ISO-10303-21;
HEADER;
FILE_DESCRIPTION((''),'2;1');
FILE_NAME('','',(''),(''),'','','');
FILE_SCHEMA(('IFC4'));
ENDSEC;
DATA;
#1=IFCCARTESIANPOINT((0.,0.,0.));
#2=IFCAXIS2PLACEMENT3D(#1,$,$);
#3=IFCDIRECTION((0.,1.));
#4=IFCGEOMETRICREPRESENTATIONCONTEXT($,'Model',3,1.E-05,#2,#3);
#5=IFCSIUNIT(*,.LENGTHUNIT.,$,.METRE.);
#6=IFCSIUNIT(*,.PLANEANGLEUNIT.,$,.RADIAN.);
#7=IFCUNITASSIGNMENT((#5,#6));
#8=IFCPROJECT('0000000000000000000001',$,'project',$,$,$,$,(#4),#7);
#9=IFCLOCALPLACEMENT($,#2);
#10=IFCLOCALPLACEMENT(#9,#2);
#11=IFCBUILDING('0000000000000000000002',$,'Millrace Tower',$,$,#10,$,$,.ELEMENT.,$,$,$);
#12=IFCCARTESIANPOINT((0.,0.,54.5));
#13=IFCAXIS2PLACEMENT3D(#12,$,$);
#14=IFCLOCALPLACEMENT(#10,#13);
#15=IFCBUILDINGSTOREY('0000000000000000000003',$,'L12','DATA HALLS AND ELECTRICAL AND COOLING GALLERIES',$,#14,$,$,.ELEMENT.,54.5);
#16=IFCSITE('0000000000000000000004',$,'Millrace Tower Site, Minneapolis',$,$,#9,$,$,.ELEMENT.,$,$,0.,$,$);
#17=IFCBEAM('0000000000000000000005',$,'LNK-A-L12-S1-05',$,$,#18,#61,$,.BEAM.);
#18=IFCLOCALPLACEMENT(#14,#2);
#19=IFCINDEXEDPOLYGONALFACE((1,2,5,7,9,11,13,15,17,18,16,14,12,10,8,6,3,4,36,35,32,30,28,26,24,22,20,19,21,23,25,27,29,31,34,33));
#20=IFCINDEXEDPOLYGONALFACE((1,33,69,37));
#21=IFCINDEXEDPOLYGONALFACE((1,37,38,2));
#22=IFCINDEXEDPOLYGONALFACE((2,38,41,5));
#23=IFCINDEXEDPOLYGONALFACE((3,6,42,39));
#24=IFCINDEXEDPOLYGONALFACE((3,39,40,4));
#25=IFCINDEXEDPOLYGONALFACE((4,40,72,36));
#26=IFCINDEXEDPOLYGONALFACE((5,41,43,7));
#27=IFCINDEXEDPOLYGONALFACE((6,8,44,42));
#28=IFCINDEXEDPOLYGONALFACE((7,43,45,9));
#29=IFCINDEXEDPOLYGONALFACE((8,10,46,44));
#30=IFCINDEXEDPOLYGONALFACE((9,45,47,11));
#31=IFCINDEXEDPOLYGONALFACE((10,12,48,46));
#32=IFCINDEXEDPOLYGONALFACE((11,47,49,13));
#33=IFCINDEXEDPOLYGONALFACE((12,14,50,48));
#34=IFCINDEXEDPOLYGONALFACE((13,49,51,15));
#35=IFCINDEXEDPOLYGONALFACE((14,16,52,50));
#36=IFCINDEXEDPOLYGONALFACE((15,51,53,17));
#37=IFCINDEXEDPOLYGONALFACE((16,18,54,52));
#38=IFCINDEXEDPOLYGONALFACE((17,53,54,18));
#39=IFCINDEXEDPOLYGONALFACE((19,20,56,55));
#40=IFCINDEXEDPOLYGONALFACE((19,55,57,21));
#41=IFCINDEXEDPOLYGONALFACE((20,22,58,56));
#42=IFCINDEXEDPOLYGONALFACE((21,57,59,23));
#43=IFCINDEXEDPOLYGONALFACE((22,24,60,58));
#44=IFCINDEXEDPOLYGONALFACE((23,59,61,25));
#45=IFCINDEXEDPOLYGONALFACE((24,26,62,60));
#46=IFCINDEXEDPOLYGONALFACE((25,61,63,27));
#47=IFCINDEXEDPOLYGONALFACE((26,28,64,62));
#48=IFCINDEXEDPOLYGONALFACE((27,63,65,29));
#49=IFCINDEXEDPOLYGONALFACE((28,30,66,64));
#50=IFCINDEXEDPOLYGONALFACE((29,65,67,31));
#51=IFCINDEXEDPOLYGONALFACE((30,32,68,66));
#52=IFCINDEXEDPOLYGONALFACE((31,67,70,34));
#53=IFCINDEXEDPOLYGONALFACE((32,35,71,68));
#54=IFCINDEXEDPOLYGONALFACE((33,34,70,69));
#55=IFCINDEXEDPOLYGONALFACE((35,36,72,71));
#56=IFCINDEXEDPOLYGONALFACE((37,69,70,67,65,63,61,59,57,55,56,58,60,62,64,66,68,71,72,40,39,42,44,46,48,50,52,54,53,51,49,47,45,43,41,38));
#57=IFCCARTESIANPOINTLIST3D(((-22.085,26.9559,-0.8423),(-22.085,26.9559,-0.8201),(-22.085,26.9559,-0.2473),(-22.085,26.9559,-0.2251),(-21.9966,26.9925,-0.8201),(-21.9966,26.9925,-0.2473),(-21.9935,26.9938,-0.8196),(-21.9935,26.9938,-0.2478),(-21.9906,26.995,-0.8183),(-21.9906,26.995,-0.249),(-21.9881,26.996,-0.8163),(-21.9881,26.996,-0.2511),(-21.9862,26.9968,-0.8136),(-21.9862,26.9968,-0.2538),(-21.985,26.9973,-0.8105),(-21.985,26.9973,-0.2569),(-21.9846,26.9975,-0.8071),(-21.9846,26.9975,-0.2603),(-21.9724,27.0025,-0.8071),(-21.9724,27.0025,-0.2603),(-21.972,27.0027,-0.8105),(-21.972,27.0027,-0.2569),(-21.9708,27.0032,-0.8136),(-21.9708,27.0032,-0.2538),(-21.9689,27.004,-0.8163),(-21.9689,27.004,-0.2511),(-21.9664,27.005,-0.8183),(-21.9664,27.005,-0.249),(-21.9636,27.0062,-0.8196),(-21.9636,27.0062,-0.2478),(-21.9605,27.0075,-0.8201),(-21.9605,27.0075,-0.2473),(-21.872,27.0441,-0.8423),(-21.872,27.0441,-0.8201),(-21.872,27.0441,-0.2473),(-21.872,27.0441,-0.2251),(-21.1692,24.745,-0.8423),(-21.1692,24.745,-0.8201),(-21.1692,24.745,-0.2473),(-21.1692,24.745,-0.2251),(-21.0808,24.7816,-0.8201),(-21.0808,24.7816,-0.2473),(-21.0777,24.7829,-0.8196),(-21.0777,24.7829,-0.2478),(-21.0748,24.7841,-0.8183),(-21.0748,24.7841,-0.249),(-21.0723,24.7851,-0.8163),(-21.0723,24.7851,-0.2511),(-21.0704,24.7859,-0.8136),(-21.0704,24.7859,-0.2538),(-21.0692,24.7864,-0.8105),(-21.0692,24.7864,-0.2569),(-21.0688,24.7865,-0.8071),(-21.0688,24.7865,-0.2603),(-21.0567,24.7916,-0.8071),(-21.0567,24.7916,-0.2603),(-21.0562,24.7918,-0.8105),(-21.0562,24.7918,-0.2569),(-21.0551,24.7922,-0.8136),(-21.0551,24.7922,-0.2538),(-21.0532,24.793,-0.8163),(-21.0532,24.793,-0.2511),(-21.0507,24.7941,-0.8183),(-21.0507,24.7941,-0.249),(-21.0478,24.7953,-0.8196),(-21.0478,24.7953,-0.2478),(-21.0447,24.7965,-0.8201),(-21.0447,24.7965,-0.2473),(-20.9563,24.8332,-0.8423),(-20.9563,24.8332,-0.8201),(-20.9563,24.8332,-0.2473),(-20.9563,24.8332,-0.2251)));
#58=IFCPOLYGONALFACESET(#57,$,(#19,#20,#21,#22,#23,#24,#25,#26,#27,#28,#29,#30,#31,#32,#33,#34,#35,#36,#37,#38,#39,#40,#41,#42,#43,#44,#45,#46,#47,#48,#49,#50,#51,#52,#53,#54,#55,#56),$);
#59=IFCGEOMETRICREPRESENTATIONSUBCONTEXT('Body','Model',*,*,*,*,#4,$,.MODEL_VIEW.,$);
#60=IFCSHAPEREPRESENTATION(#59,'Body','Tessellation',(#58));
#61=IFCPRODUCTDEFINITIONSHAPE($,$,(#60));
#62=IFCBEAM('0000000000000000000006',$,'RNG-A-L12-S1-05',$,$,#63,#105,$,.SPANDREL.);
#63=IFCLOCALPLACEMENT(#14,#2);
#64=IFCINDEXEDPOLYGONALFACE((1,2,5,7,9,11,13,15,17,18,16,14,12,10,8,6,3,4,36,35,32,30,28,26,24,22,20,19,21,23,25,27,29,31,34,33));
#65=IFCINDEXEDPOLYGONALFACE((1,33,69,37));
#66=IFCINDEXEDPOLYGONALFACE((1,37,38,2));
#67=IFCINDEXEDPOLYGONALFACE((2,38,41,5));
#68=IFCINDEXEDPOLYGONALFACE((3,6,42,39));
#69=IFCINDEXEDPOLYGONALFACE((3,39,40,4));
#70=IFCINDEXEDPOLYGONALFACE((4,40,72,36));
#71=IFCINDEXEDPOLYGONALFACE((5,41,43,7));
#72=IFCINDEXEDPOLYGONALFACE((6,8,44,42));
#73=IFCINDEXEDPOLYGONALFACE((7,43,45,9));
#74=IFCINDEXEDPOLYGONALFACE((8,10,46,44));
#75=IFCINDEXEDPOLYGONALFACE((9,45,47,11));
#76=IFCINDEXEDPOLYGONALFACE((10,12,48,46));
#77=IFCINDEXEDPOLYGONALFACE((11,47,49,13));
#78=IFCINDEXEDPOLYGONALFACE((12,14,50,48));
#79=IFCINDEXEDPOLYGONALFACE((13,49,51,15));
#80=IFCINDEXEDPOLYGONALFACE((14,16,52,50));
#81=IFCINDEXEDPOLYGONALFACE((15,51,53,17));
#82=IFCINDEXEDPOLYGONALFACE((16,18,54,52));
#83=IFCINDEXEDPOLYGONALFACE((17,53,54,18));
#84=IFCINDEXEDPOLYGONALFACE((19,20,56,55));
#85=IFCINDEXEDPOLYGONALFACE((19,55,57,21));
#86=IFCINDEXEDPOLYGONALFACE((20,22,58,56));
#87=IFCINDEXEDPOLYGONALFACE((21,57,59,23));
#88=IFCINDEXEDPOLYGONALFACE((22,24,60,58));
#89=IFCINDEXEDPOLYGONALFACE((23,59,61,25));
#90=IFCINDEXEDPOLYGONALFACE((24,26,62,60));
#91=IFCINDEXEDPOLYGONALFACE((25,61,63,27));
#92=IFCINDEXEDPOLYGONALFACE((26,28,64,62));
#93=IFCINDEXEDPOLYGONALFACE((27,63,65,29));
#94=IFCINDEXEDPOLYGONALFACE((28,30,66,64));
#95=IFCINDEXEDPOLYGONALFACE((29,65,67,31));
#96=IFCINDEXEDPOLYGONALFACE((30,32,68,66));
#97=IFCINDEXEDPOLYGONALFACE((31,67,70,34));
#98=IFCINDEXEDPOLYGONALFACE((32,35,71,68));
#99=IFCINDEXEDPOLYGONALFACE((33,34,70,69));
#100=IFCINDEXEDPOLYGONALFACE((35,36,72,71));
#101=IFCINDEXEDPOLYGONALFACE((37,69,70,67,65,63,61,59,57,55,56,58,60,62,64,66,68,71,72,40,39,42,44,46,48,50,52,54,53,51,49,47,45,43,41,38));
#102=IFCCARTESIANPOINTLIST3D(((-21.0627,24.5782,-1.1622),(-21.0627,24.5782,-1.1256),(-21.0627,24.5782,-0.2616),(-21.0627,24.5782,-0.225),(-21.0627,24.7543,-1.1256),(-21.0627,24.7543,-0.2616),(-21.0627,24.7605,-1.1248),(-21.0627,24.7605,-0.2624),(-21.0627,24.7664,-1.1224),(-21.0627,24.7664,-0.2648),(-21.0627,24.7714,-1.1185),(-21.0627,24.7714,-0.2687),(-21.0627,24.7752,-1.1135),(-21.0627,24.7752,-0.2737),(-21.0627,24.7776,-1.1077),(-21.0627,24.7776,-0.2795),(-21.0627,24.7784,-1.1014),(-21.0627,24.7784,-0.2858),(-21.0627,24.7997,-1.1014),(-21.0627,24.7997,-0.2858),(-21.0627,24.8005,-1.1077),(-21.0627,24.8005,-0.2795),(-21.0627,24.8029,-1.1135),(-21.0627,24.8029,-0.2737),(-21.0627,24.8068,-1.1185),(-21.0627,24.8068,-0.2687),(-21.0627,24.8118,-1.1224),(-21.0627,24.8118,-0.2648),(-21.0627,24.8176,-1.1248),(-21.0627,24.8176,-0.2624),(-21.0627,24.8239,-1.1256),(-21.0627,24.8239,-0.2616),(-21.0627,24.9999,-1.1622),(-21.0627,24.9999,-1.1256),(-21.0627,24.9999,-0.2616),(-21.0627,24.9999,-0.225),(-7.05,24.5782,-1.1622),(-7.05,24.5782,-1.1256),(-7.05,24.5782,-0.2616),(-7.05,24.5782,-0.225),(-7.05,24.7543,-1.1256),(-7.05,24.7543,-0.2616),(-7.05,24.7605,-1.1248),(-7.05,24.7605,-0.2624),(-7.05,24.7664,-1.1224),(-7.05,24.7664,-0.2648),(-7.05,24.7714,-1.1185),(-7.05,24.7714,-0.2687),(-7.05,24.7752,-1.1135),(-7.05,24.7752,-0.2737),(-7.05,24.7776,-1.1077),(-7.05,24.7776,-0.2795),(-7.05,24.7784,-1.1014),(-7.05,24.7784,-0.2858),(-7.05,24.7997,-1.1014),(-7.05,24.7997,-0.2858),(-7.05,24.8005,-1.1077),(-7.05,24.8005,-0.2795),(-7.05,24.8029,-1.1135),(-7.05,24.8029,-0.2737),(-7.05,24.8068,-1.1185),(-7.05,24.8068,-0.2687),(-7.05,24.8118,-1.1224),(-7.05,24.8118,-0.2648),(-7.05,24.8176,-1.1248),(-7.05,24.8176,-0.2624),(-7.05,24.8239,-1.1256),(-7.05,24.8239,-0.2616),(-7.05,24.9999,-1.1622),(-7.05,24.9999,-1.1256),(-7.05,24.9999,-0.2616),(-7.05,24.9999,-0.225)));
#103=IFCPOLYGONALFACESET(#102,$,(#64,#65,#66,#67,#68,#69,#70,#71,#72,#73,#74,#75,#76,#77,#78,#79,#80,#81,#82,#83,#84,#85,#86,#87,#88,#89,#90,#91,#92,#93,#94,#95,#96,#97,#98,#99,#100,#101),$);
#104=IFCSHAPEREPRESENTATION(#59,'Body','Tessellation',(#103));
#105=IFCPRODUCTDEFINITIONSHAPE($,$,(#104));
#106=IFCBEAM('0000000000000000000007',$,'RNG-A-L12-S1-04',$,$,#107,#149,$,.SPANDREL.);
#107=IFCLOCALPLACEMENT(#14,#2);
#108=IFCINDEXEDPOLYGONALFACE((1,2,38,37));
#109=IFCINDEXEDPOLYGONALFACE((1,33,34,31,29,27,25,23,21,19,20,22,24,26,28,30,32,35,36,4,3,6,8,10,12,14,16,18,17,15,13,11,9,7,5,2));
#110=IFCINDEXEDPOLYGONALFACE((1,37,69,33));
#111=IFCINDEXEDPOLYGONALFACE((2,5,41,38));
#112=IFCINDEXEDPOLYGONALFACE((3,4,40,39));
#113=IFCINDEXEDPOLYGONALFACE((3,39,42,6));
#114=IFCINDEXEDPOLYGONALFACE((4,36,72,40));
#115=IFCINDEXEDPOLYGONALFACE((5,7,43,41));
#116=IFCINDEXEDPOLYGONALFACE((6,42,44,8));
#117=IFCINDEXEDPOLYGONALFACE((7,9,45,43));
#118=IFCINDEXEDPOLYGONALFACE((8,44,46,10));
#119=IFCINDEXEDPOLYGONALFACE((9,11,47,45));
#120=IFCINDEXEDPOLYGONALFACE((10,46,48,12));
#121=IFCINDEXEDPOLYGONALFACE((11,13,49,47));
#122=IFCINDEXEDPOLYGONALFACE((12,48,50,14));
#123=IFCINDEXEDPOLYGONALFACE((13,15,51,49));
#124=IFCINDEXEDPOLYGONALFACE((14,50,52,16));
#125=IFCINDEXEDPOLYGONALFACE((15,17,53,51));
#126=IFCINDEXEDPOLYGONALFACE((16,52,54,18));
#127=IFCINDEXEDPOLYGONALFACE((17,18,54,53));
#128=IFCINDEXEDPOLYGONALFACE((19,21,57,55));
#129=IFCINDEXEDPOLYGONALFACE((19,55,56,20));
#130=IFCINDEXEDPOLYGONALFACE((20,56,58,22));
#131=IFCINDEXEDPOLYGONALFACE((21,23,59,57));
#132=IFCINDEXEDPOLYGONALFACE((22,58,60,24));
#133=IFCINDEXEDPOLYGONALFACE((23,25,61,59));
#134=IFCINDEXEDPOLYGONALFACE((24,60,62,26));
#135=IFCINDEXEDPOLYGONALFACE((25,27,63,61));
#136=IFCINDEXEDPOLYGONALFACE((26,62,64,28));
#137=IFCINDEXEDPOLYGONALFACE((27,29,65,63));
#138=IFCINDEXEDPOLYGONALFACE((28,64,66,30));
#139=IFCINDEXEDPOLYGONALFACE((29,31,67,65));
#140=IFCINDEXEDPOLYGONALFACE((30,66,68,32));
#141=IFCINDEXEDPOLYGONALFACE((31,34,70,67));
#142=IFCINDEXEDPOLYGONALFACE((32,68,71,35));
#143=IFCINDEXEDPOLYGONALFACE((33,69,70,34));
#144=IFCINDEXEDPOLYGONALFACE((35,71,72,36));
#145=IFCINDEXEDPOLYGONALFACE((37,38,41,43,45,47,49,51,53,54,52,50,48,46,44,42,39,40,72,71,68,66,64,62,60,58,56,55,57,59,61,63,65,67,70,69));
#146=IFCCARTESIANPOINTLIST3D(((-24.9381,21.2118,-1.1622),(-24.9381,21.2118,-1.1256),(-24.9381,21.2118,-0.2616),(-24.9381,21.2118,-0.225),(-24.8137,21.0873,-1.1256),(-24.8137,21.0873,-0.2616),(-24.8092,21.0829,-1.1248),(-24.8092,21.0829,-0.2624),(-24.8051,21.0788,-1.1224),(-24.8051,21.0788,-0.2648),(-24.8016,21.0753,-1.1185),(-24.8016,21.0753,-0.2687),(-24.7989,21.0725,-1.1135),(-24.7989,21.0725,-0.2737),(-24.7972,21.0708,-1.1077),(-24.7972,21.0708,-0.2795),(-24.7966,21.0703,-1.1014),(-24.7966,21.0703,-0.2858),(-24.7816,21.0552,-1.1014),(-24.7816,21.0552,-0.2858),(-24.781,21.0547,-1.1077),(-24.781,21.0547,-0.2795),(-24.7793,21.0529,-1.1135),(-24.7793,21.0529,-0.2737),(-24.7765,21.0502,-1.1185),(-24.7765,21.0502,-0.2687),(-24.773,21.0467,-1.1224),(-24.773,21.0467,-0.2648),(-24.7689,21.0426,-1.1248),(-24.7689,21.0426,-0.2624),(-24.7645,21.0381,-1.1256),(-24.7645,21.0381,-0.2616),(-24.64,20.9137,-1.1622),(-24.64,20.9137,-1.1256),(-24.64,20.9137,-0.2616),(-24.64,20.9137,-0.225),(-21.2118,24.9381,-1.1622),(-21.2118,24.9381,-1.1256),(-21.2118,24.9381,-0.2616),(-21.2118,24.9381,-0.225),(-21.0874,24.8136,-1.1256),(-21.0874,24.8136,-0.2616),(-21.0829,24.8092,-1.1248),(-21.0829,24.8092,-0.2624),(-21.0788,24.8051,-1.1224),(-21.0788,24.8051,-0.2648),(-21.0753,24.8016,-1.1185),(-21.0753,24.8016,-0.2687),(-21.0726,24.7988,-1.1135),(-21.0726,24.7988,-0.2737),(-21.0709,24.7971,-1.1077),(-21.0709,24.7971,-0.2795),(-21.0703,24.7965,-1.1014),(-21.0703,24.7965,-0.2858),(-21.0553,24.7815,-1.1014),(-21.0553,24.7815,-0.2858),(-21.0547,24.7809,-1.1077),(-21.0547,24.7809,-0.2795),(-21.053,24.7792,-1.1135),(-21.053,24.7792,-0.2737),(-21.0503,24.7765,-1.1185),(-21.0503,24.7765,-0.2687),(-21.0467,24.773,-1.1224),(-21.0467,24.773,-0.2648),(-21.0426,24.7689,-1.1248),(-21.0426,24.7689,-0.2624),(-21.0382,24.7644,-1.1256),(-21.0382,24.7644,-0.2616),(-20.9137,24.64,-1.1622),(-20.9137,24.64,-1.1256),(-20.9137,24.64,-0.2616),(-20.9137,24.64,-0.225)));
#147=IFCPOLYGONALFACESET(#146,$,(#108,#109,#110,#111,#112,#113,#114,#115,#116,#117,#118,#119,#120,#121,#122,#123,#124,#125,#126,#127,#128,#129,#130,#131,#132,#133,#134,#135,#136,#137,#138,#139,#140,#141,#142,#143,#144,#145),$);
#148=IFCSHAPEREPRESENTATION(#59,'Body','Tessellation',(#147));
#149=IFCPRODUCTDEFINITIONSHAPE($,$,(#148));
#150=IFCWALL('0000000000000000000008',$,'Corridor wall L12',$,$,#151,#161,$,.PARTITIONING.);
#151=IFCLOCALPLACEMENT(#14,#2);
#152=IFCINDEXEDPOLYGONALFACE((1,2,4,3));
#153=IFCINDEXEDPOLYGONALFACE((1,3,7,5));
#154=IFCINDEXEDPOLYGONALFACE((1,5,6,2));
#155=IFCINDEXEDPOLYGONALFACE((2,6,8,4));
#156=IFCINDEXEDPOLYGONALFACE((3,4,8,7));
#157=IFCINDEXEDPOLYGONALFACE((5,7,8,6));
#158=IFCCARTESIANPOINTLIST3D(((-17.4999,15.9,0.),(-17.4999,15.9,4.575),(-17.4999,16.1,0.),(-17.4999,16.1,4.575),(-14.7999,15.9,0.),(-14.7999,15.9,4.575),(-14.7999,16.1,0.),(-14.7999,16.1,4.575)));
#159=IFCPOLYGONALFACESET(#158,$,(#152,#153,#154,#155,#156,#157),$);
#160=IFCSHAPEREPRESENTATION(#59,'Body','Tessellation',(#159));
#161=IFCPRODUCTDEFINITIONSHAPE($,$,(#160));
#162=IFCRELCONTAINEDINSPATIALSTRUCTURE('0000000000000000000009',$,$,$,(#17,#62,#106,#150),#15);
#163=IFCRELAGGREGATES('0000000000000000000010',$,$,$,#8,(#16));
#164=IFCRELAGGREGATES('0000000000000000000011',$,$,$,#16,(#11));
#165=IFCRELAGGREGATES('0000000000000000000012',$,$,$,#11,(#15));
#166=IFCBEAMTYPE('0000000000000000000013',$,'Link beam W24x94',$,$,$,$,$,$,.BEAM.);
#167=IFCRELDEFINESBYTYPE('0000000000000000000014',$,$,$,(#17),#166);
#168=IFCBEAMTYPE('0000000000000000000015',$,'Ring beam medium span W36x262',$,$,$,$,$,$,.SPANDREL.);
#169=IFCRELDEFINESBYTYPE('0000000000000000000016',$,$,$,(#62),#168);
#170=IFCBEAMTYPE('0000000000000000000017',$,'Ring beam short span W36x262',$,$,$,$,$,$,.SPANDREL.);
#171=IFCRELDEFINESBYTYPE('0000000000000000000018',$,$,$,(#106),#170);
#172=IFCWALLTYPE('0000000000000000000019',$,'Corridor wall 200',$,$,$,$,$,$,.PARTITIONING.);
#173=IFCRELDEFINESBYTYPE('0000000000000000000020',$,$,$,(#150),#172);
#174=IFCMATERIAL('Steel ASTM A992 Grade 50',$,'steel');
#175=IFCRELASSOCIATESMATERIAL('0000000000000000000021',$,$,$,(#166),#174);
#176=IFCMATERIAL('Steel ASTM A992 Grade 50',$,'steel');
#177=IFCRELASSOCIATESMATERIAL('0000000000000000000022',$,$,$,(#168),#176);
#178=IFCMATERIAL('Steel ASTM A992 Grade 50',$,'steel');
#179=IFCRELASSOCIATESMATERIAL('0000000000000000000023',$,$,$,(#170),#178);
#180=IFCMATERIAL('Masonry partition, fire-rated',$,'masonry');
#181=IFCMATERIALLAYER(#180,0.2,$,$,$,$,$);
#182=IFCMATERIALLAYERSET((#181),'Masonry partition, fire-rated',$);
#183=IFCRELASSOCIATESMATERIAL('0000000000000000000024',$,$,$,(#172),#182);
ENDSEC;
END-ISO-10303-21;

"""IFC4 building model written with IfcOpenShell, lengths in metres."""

from ifc_helpers import new_model, si_unit, direction, frame, frame_2d, origin, origin_2d, place, context, subcontext, project, spatial, rectangle, i_section, extrude, material, layer, layer_set, material_profile, profile_set, type_object, element, save


model = new_model("IFC4")

# Units and contexts
model_context = context("Model", 3, precision=1e-05, world=origin(), true_north=direction((0.0, 1.0)))
body_context = subcontext(model_context, "Body", "Model", "MODEL_VIEW")
ifc_project = project(units=[si_unit("LENGTHUNIT", "METRE"), si_unit("PLANEANGLEUNIT", "RADIAN")], contexts=[model_context])

# Site, building, storey
site_placement = place(None, origin())
site = spatial("IfcSite", under=ifc_project, at=site_placement, Name="Millrace Tower Site, Minneapolis", CompositionType="ELEMENT", RefElevation=0.0)
building_placement = place(site_placement, origin())
building = spatial("IfcBuilding", under=site, at=building_placement, Name="Millrace Tower", CompositionType="ELEMENT")
storey_placement = place(building_placement, frame((0.0, 0.0, 54.5)))
storey = spatial("IfcBuildingStorey", under=building, at=storey_placement, Name="L12", Description="DATA HALLS AND ELECTRICAL AND COOLING GALLERIES", CompositionType="ELEMENT", Elevation=54.5)

# Beams
ifc_material_1 = material(Name="Steel ASTM A992 Grade 50", Category="steel")
ifc_material_profile_1 = material_profile(ifc_material_1, i_section(OverallWidth=0.2305, OverallDepth=0.6172, WebThickness=0.0132, FlangeThickness=0.0222, FilletRadius=0.0129, at=origin_2d()))
ifc_profile_set_1 = profile_set([ifc_material_profile_1], Name="Steel ASTM A992 Grade 50")
beam_type_1 = type_object("IfcBeamType", Name="Link beam W24x94", PredefinedType="BEAM", material=ifc_profile_set_1)
for number, where, z_axis, x_axis, name in (
    (1, (-21.0627, 24.7891, -0.5337), (-0.382673, 0.923884, 0.0), (-0.923884, -0.382673, 0.0), "LNK-A-L12-S1-05"),
):
    element("IfcBeam", number, at=place(storey_placement, frame(where, z_axis=z_axis, x_axis=x_axis)), inside=storey, type_object=beam_type_1, Name=name, PredefinedType="BEAM", context=body_context, shape_type="SweptSolid", body=[
        extrude(i_section(OverallWidth=0.2305, OverallDepth=0.6172, WebThickness=0.0132, FlangeThickness=0.0222, FilletRadius=0.0129, at=origin_2d()), origin(), (0.0, 0.0, 1.0), 2.3931),
    ])
ifc_material_2 = material(Name="Steel ASTM A992 Grade 50", Category="steel")
ifc_material_profile_2 = material_profile(ifc_material_2, i_section(OverallWidth=0.4216, OverallDepth=0.9373, WebThickness=0.0212, FlangeThickness=0.0366, FilletRadius=0.0242, at=origin_2d()))
ifc_profile_set_2 = profile_set([ifc_material_profile_2], Name="Steel ASTM A992 Grade 50")
beam_type_2 = type_object("IfcBeamType", Name="Ring beam medium span W36x262", PredefinedType="SPANDREL", material=ifc_profile_set_2)
beam_1_placement = place(storey_placement, frame((-21.0627, 24.7891, -0.6936), z_axis=(1.0, 0.0, 0.0), x_axis=(0.0, 1.0, 0.0)))
element("IfcBeam", 2, at=beam_1_placement, inside=storey, type_object=beam_type_2, Name="RNG-A-L12-S1-05", PredefinedType="SPANDREL", context=body_context, shape_type="SweptSolid", body=[
    extrude(i_section(OverallWidth=0.4216, OverallDepth=0.9373, WebThickness=0.0212, FlangeThickness=0.0366, FilletRadius=0.0242, at=origin_2d()), origin(), (0.0, 0.0, 1.0), 14.0127),
])
ifc_material_3 = material(Name="Steel ASTM A992 Grade 50", Category="steel")
ifc_material_profile_3 = material_profile(ifc_material_3, i_section(OverallWidth=0.4216, OverallDepth=0.9373, WebThickness=0.0212, FlangeThickness=0.0366, FilletRadius=0.0242, at=origin_2d()))
ifc_profile_set_3 = profile_set([ifc_material_profile_3], Name="Steel ASTM A992 Grade 50")
beam_type_3 = type_object("IfcBeamType", Name="Ring beam short span W36x262", PredefinedType="SPANDREL", material=ifc_profile_set_3)
beam_2_placement = place(storey_placement, frame((-24.7891, 21.0627, -0.6936), z_axis=(0.707107, 0.707107, 0.0), x_axis=(-0.707107, 0.707107, 0.0)))
element("IfcBeam", 3, at=beam_2_placement, inside=storey, type_object=beam_type_3, Name="RNG-A-L12-S1-04", PredefinedType="SPANDREL", context=body_context, shape_type="SweptSolid", body=[
    extrude(i_section(OverallWidth=0.4216, OverallDepth=0.9373, WebThickness=0.0212, FlangeThickness=0.0366, FilletRadius=0.0242, at=origin_2d()), origin(), (0.0, 0.0, 1.0), 5.2698),
])

# Wall
ifc_material_4 = material(Name="Masonry partition, fire-rated", Category="masonry")
ifc_layer_1 = layer(ifc_material_4, 0.2)
ifc_layer_set_1 = layer_set([ifc_layer_1], Name="Masonry partition, fire-rated")
wall_type = type_object("IfcWallType", Name="Corridor wall 200", PredefinedType="PARTITIONING", material=ifc_layer_set_1)
wall_placement = place(storey_placement, frame((-17.5, 16.0, 0.0), z_axis=(0.0, 0.0, 1.0), x_axis=(1.0, 0.0, 0.0)))
element("IfcWall", 4, at=wall_placement, inside=storey, type_object=wall_type, Name="Corridor wall L12", PredefinedType="PARTITIONING", context=body_context, shape_type="SweptSolid", body=[
    extrude(rectangle(XDim=2.7, YDim=0.2, at=frame_2d((1.3501, 0.0))), origin(), (0.0, 0.0, 1.0), 4.575),
])

save(model, "model.ifc")
